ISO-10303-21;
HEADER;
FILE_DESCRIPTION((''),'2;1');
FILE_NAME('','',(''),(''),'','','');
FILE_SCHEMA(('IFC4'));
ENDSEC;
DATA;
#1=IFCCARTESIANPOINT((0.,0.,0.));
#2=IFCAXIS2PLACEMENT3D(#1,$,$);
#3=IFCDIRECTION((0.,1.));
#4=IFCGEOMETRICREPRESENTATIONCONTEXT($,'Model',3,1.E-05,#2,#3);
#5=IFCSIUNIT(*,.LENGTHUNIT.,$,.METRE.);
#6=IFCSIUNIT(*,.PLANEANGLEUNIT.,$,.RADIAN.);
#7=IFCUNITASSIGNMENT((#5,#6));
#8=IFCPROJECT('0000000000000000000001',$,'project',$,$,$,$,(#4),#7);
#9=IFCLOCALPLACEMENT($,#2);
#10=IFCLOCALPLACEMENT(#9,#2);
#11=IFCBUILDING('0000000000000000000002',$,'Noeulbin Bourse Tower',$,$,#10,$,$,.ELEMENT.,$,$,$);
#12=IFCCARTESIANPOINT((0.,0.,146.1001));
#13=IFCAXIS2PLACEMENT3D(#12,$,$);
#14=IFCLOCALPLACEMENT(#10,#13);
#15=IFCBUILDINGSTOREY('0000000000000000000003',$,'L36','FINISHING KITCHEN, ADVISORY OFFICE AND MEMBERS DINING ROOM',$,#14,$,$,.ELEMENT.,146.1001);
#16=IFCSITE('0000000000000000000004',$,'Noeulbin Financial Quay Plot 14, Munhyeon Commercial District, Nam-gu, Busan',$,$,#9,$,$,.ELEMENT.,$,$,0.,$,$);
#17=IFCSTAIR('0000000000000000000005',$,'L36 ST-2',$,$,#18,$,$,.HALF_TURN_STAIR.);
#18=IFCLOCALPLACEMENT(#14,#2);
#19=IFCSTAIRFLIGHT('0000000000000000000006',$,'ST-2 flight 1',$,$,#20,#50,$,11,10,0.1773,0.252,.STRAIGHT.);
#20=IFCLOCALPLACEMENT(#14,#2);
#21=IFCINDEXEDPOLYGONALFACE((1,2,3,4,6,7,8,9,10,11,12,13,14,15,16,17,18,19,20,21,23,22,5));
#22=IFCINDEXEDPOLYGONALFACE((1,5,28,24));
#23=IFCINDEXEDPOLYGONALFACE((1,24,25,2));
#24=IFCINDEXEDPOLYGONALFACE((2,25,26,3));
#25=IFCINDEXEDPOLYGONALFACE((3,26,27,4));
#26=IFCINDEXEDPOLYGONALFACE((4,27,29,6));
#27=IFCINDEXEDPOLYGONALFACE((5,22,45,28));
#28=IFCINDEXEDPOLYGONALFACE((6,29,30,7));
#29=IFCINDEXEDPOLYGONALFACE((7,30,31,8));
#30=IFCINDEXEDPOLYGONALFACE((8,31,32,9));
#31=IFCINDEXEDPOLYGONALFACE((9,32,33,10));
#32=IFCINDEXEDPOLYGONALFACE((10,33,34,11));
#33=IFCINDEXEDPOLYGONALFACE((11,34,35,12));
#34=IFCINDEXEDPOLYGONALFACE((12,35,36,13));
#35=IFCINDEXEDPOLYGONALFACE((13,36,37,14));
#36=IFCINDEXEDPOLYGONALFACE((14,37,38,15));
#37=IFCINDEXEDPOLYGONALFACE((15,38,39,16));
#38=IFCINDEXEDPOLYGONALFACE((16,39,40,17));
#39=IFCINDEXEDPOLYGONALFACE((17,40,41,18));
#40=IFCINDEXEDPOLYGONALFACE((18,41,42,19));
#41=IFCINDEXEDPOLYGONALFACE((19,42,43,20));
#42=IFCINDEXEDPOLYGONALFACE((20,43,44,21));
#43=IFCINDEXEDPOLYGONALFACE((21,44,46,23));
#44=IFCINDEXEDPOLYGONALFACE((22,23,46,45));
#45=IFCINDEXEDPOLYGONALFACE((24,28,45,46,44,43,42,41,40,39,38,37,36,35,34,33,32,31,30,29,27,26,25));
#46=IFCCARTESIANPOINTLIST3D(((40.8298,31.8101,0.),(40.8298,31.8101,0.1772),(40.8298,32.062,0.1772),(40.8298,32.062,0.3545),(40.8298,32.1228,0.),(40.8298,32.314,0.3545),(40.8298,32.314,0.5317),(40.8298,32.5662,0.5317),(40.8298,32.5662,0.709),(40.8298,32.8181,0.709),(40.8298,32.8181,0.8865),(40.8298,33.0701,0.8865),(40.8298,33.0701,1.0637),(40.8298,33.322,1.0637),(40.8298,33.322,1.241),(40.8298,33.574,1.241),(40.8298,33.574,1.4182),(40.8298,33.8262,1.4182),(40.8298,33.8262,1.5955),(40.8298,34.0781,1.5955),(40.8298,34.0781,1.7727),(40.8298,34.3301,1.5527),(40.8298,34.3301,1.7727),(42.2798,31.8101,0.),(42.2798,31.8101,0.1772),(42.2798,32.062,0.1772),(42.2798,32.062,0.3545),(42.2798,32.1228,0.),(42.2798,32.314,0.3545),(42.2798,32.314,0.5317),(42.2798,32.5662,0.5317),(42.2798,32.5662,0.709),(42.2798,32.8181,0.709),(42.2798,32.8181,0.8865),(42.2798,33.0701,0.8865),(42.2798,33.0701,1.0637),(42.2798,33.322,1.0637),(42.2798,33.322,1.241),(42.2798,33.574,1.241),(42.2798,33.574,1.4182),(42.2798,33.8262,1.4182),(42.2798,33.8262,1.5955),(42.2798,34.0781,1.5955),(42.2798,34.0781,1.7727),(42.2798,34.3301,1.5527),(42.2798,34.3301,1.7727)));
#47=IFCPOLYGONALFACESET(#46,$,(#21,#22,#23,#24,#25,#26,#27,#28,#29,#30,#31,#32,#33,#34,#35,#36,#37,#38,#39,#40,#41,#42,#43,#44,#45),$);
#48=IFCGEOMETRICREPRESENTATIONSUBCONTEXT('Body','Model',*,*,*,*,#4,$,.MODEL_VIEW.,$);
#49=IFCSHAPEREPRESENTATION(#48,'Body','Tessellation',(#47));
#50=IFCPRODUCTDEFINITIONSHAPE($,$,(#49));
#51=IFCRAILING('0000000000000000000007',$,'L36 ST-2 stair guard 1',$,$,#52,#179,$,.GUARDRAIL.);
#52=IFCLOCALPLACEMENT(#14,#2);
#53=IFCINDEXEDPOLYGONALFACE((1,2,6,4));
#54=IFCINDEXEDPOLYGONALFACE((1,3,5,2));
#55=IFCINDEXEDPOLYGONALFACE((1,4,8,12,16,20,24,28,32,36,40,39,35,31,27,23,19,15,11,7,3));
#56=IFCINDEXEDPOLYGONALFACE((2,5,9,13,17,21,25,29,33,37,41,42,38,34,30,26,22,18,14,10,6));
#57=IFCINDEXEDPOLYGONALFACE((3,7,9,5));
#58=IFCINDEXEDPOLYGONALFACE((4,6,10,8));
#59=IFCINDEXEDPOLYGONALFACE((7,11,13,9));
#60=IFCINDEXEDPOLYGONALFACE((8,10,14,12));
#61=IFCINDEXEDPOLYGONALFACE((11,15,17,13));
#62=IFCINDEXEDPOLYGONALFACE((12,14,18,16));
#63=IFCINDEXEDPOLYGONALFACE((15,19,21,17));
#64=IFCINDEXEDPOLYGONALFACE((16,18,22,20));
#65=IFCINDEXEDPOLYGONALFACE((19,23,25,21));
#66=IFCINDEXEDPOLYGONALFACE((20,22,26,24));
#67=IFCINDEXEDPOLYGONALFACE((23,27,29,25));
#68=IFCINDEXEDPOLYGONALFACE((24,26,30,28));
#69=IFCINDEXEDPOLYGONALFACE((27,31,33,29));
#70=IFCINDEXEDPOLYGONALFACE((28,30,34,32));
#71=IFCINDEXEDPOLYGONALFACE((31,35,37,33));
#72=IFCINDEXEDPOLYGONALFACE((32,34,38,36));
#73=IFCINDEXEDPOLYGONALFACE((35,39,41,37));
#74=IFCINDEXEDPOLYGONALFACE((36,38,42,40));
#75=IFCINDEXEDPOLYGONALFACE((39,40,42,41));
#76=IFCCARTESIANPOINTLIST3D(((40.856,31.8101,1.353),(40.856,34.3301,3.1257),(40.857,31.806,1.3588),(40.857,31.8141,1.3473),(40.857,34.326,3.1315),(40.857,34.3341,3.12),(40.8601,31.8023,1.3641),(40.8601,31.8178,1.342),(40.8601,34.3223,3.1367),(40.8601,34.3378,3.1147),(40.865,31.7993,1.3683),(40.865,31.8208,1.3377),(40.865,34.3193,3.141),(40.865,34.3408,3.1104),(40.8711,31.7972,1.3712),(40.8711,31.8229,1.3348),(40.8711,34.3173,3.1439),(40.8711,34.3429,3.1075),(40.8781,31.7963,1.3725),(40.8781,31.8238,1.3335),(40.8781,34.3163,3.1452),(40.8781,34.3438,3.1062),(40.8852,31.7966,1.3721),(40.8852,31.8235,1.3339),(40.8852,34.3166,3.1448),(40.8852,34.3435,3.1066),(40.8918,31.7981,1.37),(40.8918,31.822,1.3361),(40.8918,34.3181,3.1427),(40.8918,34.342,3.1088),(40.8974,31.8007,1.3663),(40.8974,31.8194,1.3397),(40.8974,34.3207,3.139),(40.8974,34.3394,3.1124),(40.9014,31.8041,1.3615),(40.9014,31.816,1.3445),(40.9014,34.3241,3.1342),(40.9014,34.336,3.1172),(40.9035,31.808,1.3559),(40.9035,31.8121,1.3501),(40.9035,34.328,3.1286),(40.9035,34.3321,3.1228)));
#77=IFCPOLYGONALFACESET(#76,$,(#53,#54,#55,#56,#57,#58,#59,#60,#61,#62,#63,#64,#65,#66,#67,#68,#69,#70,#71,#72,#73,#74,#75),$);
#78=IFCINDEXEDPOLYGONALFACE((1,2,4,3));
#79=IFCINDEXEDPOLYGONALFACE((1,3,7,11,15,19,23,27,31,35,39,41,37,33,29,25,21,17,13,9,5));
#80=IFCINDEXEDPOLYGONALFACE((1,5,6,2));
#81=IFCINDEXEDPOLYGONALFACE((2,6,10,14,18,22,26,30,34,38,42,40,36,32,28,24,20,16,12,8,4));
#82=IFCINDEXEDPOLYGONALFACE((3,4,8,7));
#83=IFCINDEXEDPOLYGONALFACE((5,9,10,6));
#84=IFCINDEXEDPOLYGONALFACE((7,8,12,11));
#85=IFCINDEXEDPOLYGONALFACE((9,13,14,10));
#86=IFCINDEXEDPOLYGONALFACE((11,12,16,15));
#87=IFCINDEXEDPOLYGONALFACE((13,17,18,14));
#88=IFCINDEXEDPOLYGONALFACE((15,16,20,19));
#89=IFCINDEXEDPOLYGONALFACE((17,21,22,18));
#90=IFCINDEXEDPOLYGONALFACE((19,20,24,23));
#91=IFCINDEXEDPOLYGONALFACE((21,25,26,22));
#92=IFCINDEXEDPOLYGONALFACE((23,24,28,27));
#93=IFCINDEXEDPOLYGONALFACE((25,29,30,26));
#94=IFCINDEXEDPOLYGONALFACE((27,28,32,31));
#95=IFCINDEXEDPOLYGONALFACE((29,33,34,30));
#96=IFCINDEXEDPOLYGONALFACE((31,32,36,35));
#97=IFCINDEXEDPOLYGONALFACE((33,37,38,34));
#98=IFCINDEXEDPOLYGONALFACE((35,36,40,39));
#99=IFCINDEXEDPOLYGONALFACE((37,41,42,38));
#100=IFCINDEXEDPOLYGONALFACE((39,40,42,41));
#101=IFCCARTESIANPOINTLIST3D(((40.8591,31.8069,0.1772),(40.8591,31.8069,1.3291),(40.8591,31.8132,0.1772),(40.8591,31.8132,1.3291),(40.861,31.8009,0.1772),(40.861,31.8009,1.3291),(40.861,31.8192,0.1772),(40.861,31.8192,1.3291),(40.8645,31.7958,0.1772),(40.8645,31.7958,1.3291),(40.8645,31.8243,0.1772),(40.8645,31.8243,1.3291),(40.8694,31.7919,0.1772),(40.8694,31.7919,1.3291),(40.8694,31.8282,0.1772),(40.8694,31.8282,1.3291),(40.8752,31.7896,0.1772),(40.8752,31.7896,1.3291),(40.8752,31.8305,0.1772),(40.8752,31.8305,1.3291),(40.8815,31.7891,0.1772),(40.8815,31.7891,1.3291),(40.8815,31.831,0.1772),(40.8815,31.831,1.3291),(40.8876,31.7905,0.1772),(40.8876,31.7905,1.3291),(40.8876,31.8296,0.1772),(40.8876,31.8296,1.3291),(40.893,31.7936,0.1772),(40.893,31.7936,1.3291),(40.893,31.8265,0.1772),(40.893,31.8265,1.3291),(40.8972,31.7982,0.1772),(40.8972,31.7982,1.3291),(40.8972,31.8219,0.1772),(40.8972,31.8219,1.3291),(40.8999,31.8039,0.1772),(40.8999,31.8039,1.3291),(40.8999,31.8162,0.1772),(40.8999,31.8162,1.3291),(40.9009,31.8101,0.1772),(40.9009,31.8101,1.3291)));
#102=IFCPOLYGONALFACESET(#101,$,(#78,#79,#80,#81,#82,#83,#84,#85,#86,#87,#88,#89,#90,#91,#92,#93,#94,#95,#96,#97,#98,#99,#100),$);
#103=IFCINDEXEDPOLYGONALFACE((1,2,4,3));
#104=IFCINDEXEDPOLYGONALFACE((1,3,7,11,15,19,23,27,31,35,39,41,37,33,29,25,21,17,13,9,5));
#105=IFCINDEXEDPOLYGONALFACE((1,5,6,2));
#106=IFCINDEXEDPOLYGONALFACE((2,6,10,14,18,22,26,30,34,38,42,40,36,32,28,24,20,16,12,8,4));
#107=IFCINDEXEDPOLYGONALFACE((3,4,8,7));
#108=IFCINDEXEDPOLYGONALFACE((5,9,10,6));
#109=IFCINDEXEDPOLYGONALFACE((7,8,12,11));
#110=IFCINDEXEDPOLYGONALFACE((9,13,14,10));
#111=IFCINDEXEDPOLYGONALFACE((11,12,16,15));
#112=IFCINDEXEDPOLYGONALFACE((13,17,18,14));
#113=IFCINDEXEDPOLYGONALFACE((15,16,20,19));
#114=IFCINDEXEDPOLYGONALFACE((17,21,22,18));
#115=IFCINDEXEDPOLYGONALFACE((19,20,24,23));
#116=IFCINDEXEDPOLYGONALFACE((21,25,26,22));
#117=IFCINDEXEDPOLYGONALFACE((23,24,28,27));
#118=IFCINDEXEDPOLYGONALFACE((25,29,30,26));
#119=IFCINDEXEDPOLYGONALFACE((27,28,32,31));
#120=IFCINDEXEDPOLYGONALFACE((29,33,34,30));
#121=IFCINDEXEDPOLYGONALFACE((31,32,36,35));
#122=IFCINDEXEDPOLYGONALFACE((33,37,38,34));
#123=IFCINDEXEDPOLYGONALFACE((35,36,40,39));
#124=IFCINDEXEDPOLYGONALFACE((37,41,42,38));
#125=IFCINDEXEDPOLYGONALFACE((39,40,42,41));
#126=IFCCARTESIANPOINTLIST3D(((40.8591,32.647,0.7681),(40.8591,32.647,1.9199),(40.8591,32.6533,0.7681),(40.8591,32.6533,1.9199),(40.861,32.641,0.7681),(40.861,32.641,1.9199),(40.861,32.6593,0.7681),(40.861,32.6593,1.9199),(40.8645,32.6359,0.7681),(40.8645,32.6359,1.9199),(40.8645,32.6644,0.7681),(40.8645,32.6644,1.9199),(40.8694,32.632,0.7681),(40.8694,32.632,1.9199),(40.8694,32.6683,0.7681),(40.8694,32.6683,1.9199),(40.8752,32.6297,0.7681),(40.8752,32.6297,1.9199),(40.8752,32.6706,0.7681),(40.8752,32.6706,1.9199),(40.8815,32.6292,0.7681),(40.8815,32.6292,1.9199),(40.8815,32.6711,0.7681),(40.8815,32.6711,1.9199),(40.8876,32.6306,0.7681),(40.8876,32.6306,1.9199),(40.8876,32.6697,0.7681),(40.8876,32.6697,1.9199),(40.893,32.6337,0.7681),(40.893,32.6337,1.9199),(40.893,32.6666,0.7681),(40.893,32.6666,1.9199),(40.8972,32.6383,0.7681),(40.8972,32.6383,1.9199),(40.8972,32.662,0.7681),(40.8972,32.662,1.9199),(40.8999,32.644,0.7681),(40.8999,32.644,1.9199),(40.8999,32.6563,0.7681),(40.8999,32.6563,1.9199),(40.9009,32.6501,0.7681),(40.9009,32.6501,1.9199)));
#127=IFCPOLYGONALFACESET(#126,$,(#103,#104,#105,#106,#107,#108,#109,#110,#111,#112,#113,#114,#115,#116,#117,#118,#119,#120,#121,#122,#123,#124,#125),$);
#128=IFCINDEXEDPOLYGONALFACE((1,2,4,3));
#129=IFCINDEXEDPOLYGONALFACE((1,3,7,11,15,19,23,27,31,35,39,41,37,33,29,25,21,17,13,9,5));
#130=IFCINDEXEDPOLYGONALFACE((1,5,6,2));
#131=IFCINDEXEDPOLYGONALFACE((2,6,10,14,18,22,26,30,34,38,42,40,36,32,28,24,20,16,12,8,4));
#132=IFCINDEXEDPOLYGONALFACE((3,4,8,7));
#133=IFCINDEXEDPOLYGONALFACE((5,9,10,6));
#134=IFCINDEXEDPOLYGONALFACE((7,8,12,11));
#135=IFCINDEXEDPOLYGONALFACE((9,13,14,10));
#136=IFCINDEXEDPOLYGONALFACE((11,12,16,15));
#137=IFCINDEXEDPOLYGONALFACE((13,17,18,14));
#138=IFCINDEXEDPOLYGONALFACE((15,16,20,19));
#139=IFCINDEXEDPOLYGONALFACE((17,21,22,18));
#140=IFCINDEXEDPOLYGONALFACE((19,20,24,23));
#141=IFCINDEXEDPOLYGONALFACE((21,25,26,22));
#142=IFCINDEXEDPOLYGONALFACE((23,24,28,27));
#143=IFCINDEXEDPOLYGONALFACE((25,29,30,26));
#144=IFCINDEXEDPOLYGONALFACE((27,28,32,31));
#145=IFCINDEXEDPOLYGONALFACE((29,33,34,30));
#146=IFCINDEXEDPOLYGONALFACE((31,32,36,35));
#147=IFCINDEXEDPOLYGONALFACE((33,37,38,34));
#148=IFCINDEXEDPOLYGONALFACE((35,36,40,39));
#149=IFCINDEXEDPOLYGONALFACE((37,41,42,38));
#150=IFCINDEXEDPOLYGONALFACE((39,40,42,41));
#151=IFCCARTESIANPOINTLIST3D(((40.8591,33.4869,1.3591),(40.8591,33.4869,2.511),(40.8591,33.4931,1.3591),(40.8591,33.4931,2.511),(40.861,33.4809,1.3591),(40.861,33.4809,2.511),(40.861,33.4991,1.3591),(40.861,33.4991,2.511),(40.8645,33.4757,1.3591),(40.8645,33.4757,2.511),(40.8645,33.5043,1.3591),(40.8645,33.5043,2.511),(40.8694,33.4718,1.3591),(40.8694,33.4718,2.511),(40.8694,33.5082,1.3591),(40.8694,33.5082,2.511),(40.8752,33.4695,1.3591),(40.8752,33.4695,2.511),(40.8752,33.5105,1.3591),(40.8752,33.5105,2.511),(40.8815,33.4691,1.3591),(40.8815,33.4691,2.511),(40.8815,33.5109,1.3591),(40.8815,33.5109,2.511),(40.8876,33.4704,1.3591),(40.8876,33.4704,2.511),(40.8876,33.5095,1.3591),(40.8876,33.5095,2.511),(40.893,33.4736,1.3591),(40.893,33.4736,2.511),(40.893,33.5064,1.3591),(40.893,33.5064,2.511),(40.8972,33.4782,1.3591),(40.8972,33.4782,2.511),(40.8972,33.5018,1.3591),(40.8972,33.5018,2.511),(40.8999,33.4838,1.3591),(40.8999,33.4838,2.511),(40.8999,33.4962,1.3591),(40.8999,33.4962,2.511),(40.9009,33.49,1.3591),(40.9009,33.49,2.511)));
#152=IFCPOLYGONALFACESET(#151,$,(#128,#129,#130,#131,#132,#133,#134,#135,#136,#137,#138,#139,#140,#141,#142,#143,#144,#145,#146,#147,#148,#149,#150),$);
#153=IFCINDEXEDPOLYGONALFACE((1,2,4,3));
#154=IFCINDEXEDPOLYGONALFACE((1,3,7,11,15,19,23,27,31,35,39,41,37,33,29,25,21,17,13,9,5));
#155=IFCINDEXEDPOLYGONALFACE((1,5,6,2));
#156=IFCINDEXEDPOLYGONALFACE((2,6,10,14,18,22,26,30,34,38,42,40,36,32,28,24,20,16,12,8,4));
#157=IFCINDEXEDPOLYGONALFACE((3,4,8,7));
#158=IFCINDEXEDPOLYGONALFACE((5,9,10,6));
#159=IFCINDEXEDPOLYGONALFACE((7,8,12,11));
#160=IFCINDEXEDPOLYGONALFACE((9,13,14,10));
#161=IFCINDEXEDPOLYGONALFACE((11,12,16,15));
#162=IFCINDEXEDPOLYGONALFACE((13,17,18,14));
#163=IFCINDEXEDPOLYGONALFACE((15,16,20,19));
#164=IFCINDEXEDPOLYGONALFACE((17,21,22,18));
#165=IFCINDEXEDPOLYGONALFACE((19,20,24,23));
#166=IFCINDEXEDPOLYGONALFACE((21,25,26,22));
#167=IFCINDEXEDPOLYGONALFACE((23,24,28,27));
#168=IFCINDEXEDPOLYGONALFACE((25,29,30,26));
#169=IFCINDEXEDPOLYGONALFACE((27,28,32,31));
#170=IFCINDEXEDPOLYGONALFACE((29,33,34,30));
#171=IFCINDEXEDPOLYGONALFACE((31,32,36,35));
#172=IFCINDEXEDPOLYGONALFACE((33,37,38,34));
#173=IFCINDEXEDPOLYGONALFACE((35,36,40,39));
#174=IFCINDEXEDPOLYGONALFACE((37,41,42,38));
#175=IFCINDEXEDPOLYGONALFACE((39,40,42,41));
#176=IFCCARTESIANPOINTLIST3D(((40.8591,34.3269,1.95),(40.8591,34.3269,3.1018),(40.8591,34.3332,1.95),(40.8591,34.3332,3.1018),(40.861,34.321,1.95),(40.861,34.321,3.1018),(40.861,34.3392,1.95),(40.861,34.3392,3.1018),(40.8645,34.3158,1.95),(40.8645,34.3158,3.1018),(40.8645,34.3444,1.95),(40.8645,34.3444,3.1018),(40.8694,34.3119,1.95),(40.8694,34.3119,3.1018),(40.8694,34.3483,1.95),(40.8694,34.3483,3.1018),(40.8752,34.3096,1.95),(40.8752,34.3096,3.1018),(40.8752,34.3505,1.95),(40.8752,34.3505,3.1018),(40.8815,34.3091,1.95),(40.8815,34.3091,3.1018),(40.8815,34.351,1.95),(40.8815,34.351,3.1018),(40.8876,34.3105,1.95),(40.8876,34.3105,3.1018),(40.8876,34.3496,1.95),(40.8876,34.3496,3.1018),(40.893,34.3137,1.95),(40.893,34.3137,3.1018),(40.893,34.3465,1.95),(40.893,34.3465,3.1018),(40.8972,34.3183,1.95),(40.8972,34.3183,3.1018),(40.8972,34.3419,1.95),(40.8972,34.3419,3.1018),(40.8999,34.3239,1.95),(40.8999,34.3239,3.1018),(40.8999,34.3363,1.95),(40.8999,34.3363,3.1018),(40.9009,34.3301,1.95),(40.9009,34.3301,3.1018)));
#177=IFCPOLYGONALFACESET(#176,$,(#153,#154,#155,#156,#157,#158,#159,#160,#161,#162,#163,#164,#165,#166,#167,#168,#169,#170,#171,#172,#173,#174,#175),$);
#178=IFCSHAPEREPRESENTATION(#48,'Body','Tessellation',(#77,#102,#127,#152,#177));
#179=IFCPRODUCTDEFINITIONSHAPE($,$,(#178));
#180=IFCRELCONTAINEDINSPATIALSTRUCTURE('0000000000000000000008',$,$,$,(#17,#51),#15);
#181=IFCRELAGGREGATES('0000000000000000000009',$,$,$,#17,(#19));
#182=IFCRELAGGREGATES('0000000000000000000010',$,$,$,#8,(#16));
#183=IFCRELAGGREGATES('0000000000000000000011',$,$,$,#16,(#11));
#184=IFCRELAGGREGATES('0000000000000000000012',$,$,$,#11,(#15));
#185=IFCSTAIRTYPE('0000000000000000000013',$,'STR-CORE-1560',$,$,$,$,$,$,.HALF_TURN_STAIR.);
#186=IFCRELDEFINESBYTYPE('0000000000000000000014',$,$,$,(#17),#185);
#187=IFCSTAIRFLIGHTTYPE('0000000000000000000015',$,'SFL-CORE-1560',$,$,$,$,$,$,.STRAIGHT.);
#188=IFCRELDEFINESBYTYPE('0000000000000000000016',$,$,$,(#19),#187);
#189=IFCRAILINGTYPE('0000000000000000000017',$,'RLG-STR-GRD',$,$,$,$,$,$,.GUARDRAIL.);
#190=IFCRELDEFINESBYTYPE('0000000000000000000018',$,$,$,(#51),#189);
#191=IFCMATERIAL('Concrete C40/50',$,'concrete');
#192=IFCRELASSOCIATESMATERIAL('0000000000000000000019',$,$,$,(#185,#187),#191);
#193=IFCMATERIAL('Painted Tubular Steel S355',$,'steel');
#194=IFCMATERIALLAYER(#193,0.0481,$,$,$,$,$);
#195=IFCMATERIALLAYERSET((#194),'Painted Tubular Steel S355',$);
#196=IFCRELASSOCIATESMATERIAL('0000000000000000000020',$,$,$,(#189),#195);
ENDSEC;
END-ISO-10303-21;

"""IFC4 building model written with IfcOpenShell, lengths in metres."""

from ifc_helpers import new_model, si_unit, direction, frame, origin, origin_2d, place, context, subcontext, project, spatial, polyline, circle, outline, extrude, material, layer, layer_set, type_object, element, aggregate, save


model = new_model("IFC4")

# Units and contexts
model_context = context("Model", 3, precision=1e-05, world=origin(), true_north=direction((0.0, 1.0)))
body_context = subcontext(model_context, "Body", "Model", "MODEL_VIEW")
ifc_project = project(units=[si_unit("LENGTHUNIT", "METRE"), si_unit("PLANEANGLEUNIT", "RADIAN")], contexts=[model_context])

# Site, building, storey
site_placement = place(None, origin())
site = spatial("IfcSite", under=ifc_project, at=site_placement, Name="Noeulbin Financial Quay Plot 14, Munhyeon Commercial District, Nam-gu, Busan", CompositionType="ELEMENT", RefElevation=0.0)
building_placement = place(site_placement, origin())
building = spatial("IfcBuilding", under=site, at=building_placement, Name="Noeulbin Bourse Tower", CompositionType="ELEMENT")
storey_placement = place(building_placement, frame((0.0, 0.0, 146.1001)))
storey = spatial("IfcBuildingStorey", under=building, at=storey_placement, Name="L36", Description="FINISHING KITCHEN, ADVISORY OFFICE AND MEMBERS DINING ROOM", CompositionType="ELEMENT", Elevation=146.1001)

# Shared definitions
ifc_material_1 = material(Name="Concrete C40/50", Category="concrete")

# Stair, stair flight
stair_type = type_object("IfcStairType", Name="STR-CORE-1560", PredefinedType="HALF_TURN_STAIR", material=ifc_material_1)
stair_placement = place(storey_placement, origin())
stair = element("IfcStair", 1, at=stair_placement, inside=storey, type_object=stair_type, Name="L36 ST-2", PredefinedType="HALF_TURN_STAIR")
stair_flight_type = type_object("IfcStairFlightType", Name="SFL-CORE-1560", PredefinedType="STRAIGHT", material=ifc_material_1)
stair_flight_placement = place(storey_placement, frame((41.5549, 31.8101, 0.0), z_axis=(0.0, 0.0, 1.0), x_axis=(0.0, 1.0, 0.0)))
stair_flight = element("IfcStairFlight", 2, at=stair_flight_placement, type_object=stair_flight_type, Name="ST-2 flight 1", NumberOfRisers=11, NumberOfTreads=10, PredefinedType="STRAIGHT", RiserHeight=0.1773, TreadLength=0.252, context=body_context, shape_type="SweptSolid", body=[
    extrude(outline(polyline([(0.0, 0.0), (0.0, 0.1772), (0.252, 0.1772), (0.252, 0.3545), (0.5039, 0.3545), (0.5039, 0.5317), (0.7561, 0.5317), (0.7561, 0.709), (1.0081, 0.709), (1.0081, 0.8865), (1.26, 0.8865), (1.26, 1.0637), (1.512, 1.0637), (1.512, 1.241), (1.7639, 1.241), (1.7639, 1.4182), (2.0161, 1.4182), (2.0161, 1.5955), (2.2681, 1.5955), (2.2681, 1.7727), (2.52, 1.7727), (2.52, 1.95), (2.52, 1.5527), (0.3127, 0.0), (0.0, 0.0)])), frame((0.0, 0.7251, 0.0), z_axis=(0.0, -1.0, 0.0), x_axis=(1.0, 0.0, 0.0)), (0.0, 0.0, 1.0), 1.45),
])
aggregate(stair, [stair_flight])

# Railing
ifc_material_2 = material(Name="Painted Tubular Steel S355", Category="steel")
ifc_layer_1 = layer(ifc_material_2, 0.0481)
ifc_layer_set_1 = layer_set([ifc_layer_1], Name="Painted Tubular Steel S355")
railing_type_1 = type_object("IfcRailingType", Name="RLG-STR-GRD", PredefinedType="GUARDRAIL", material=ifc_layer_set_1)
railing_1_placement = place(storey_placement, frame((40.8799, 31.8101, 0.1772)))
element("IfcRailing", 3, at=railing_1_placement, inside=storey, type_object=railing_type_1, Name="L36 ST-2 stair guard 1", PredefinedType="GUARDRAIL", context=body_context, shape_type="SweptSolid", body=[
    extrude(circle(Radius=0.0239, at=origin_2d()), frame((0.0, 0.0, 1.1758), z_axis=(0.0, 0.817904, 0.575354), x_axis=(-1.0, 0.0, 0.0)), (0.0, 0.0, 1.0), 3.0811),
    extrude(circle(Radius=0.021, at=origin_2d()), origin(), (0.0, 0.0, 1.0), 1.1519),
    extrude(circle(Radius=0.021, at=origin_2d()), frame((0.0, 0.8401, 0.5908)), (0.0, 0.0, 1.0), 1.1519),
    extrude(circle(Radius=0.021, at=origin_2d()), frame((0.0, 1.6799, 1.1819)), (0.0, 0.0, 1.0), 1.1519),
    extrude(circle(Radius=0.021, at=origin_2d()), frame((0.0, 2.52, 1.7727)), (0.0, 0.0, 1.0), 1.1519),
])

save(model, "model.ifc")
